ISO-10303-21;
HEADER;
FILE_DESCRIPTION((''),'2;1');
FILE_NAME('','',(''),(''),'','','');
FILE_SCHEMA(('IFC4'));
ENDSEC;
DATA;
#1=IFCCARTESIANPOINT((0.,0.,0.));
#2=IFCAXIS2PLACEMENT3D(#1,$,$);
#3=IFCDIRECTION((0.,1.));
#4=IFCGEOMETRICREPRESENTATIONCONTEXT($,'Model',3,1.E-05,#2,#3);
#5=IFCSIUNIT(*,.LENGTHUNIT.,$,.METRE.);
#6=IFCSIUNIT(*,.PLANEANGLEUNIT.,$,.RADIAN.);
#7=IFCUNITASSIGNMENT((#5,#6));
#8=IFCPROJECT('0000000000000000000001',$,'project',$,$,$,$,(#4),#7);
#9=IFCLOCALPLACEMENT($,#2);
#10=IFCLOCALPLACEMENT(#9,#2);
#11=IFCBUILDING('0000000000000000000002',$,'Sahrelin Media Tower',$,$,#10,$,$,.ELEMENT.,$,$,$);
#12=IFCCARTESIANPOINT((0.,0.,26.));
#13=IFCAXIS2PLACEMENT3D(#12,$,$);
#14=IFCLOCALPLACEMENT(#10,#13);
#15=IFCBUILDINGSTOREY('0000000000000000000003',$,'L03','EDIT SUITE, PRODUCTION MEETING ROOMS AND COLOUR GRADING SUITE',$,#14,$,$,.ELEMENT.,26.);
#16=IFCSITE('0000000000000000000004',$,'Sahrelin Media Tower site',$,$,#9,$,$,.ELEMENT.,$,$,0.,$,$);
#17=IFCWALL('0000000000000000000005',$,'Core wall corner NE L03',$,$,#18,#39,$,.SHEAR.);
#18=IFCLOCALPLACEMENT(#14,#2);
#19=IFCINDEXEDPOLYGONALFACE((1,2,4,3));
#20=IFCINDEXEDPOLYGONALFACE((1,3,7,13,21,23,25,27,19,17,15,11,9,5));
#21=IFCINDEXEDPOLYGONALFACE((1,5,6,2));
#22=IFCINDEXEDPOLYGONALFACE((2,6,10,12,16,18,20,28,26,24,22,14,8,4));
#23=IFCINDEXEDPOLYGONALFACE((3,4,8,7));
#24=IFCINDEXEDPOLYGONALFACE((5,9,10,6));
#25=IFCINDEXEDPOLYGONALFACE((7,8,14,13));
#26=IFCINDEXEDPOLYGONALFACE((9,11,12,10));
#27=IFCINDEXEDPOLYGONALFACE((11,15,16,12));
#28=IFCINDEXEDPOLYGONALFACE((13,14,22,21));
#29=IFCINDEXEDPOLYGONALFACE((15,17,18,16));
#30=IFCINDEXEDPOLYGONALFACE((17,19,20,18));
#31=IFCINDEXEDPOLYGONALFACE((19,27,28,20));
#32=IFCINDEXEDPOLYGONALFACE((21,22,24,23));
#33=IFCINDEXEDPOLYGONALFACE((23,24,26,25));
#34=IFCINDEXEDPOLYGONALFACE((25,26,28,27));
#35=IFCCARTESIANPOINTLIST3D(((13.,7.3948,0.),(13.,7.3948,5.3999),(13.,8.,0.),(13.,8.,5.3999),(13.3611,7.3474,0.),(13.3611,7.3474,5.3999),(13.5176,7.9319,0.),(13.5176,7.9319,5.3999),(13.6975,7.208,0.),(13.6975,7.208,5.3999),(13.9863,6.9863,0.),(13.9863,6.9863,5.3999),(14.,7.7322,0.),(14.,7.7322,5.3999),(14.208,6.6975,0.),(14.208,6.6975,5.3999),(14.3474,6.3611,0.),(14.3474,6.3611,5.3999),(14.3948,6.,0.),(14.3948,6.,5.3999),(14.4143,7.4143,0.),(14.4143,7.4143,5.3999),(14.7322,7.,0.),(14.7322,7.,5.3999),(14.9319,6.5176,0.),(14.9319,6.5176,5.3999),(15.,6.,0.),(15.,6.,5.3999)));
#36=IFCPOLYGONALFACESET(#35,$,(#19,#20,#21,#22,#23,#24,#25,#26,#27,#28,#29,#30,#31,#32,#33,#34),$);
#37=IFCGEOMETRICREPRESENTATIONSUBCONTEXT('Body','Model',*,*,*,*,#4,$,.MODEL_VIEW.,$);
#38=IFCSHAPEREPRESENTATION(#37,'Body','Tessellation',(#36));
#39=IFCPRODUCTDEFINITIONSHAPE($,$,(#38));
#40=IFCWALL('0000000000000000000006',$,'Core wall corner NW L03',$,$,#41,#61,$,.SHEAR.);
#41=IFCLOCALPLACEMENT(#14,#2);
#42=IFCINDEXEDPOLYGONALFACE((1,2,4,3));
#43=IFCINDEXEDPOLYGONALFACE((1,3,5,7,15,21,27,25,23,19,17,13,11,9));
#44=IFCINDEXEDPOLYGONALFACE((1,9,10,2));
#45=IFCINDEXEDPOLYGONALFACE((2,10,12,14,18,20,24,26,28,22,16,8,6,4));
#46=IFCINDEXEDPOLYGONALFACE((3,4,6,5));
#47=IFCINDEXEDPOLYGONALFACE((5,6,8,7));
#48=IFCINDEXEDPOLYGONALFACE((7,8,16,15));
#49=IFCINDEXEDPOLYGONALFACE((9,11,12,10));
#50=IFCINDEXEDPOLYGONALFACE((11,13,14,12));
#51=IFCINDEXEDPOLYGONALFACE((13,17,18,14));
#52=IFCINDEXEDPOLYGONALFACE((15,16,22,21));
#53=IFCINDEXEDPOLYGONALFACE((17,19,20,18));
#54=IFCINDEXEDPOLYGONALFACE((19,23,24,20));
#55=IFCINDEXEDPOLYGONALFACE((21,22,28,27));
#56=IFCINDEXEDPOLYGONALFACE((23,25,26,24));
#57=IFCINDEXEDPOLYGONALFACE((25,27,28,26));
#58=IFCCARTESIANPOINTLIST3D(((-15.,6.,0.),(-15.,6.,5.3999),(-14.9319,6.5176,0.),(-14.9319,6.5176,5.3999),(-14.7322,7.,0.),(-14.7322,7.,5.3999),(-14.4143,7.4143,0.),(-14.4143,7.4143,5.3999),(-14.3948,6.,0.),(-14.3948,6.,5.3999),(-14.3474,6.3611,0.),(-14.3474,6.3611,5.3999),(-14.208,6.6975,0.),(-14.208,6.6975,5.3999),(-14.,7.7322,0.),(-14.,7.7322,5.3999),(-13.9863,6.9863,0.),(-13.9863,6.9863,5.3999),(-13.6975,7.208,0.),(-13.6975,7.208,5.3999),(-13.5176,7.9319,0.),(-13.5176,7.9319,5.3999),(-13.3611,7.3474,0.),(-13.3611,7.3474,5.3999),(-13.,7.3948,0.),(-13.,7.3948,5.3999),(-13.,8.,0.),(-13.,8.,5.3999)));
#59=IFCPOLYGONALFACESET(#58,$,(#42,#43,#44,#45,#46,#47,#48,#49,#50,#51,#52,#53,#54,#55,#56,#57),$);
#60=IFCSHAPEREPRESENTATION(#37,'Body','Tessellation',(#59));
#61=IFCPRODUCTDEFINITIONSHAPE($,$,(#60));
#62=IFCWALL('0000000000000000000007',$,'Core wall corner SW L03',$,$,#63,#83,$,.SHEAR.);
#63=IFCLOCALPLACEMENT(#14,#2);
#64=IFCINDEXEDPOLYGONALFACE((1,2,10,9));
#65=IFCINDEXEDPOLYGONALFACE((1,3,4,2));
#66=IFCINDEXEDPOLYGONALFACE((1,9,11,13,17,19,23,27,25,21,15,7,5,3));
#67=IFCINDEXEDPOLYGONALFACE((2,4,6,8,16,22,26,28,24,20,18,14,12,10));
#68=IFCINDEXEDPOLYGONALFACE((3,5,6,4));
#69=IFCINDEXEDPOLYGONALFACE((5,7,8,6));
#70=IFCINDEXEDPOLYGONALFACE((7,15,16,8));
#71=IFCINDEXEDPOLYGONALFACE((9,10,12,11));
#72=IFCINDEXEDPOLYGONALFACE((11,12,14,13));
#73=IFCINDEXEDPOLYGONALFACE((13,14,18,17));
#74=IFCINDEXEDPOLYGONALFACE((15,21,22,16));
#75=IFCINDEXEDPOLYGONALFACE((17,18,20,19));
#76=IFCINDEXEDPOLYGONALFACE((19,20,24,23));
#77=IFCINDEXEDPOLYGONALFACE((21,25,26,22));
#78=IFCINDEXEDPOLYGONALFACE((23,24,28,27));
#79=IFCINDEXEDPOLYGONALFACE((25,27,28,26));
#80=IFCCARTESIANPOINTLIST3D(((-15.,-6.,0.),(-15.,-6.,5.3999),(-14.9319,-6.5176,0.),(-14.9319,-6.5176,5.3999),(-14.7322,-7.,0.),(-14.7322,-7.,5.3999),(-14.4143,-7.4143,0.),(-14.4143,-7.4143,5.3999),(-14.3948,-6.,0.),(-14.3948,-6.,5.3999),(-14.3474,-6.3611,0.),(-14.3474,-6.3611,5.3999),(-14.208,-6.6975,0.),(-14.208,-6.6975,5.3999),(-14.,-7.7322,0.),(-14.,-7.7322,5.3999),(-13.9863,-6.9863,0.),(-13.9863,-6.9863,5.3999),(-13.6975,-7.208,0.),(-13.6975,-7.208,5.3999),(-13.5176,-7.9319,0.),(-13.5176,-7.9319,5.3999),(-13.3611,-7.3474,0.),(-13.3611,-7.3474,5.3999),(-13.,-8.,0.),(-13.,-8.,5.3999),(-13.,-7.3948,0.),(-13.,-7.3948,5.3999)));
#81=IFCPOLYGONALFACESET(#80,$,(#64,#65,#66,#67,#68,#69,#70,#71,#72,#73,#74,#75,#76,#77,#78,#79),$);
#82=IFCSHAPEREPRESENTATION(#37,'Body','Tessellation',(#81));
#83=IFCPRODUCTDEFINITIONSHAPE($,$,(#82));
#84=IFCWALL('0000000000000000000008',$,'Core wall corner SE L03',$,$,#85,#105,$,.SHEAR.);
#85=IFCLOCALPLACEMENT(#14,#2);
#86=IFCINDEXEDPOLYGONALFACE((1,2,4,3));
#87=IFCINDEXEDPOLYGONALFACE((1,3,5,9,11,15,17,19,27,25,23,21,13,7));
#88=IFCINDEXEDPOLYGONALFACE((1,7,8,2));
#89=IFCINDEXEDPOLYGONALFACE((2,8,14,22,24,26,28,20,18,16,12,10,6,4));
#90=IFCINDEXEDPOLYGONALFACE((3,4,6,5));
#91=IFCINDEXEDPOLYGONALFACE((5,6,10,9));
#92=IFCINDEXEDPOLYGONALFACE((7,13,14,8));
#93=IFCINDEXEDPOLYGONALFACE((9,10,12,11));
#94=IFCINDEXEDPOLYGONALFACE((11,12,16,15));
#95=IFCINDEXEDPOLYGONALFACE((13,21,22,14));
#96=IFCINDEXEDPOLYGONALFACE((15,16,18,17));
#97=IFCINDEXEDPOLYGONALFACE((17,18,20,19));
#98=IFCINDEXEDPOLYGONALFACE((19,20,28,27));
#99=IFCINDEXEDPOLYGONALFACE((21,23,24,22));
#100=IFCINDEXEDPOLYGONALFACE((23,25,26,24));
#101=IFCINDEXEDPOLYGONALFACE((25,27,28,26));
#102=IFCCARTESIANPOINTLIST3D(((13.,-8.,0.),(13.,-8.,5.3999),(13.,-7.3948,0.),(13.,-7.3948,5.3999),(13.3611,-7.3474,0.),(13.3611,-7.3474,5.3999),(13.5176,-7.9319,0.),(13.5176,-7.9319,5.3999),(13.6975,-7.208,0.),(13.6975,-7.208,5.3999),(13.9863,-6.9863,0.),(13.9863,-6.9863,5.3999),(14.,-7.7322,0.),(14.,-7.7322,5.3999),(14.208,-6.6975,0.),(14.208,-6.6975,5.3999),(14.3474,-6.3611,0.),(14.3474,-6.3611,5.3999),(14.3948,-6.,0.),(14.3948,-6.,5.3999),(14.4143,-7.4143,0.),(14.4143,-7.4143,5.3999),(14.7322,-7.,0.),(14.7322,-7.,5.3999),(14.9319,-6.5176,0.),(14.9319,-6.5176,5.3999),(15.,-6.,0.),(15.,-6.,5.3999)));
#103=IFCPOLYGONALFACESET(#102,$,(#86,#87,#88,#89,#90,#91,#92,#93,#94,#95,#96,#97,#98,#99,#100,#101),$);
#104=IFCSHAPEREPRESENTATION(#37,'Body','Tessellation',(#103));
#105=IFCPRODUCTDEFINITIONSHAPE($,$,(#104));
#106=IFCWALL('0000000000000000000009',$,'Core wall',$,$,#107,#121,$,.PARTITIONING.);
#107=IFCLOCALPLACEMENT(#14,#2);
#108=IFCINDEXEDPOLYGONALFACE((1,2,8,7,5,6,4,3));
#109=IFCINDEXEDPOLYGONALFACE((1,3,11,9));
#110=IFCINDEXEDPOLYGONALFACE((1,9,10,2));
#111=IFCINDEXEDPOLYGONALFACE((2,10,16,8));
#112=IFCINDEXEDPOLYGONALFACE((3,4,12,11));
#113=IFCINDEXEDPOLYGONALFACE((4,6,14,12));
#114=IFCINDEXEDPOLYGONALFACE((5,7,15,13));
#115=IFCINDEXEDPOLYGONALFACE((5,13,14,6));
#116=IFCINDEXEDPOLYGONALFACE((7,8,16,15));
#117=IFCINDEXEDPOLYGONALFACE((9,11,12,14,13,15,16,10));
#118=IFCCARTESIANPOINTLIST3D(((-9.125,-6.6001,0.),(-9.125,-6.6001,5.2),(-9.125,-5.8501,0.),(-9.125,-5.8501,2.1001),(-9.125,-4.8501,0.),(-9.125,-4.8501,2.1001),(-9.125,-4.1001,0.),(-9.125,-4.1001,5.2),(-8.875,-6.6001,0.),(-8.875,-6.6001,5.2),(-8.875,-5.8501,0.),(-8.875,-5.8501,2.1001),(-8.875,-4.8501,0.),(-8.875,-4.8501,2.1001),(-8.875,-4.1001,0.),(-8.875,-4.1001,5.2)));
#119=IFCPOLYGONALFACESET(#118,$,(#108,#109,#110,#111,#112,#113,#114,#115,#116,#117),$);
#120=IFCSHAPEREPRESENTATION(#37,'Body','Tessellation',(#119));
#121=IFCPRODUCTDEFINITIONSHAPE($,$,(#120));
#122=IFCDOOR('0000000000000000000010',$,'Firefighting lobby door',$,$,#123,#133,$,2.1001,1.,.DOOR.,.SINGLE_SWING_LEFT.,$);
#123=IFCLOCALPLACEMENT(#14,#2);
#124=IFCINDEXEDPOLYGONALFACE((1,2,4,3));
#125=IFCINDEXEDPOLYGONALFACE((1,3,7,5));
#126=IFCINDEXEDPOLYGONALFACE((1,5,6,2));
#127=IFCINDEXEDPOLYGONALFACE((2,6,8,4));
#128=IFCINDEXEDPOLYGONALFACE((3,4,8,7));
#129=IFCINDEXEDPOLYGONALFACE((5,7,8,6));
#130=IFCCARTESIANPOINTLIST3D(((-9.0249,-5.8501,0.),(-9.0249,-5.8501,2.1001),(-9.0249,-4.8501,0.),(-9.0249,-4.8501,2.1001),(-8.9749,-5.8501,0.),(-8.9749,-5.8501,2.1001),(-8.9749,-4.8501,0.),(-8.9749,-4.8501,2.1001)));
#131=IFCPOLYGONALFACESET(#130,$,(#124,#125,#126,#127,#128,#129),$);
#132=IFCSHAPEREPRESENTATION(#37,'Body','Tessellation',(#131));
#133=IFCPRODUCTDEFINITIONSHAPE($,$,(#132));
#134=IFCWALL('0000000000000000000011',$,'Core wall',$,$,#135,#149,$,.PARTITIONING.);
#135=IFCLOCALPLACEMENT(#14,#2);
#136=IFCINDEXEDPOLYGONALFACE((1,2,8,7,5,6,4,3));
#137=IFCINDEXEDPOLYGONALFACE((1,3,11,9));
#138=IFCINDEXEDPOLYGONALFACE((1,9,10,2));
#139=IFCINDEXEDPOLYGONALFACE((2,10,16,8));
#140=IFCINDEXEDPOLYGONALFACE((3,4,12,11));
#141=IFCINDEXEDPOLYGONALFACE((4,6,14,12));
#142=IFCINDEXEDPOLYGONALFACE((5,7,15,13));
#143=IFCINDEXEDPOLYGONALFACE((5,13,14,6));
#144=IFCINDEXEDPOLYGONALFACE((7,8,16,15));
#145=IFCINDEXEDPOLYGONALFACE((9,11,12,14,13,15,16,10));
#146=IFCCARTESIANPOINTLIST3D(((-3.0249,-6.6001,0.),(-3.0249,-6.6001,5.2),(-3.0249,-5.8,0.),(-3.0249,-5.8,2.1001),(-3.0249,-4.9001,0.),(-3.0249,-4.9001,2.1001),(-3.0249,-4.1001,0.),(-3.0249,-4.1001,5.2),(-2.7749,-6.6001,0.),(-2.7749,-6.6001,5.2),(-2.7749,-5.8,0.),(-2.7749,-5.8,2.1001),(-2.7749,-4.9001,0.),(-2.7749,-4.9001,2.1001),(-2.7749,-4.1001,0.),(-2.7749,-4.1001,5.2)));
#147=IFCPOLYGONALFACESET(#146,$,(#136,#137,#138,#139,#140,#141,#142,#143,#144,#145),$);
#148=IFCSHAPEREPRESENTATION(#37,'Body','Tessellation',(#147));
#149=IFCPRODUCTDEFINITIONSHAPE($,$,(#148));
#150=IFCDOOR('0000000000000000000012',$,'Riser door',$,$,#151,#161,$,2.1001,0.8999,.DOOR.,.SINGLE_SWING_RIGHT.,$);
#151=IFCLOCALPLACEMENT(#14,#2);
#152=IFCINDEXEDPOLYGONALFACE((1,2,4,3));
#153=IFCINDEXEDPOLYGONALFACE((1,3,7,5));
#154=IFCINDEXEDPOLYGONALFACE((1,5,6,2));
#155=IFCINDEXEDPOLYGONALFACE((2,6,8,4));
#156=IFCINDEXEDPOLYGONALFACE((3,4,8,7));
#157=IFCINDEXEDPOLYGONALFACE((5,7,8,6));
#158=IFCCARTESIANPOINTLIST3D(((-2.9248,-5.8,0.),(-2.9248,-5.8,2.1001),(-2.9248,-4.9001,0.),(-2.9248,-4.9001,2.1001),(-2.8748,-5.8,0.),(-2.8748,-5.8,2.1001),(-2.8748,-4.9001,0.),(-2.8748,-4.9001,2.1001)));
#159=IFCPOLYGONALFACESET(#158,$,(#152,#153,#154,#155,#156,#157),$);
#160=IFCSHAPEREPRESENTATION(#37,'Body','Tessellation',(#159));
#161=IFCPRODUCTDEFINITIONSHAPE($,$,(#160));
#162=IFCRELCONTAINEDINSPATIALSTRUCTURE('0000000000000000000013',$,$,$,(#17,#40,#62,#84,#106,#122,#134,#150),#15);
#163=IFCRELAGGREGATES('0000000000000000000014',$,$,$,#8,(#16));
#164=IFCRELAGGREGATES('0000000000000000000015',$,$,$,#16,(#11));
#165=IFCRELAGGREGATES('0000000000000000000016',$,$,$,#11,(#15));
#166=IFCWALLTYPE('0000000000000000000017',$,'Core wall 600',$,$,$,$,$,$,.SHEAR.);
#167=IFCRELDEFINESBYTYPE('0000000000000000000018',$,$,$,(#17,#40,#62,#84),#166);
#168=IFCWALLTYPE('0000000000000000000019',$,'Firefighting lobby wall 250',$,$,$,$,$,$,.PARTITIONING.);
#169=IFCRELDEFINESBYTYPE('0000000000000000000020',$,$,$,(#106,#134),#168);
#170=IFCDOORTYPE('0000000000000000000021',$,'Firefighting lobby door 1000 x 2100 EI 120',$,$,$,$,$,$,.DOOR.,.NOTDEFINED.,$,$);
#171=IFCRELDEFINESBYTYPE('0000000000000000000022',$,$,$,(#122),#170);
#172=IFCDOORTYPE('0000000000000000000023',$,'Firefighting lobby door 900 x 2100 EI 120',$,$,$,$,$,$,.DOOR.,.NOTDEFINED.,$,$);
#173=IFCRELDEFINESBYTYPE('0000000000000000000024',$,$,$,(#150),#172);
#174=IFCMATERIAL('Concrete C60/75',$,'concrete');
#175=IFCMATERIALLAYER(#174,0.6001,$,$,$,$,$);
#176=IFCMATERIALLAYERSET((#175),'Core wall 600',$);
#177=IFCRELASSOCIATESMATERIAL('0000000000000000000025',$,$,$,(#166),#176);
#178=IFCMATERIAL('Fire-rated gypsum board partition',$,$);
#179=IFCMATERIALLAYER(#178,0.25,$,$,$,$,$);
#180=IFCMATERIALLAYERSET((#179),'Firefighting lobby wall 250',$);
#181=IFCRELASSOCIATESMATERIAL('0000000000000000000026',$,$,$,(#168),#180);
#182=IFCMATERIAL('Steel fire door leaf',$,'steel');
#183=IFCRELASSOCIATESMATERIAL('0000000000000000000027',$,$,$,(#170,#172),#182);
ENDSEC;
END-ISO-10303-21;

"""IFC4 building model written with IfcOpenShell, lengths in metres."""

from ifc_helpers import new_model, si_unit, direction, frame, frame_2d, origin, place, context, subcontext, project, spatial, polyline, rectangle, outline, extrude, material, layer, layer_set, type_object, element, fill, save


model = new_model("IFC4")

# Units and contexts
model_context = context("Model", 3, precision=1e-05, world=origin(), true_north=direction((0.0, 1.0)))
body_context = subcontext(model_context, "Body", "Model", "MODEL_VIEW")
ifc_project = project(units=[si_unit("LENGTHUNIT", "METRE"), si_unit("PLANEANGLEUNIT", "RADIAN")], contexts=[model_context])

# Site, building, storey
site_placement = place(None, origin())
site = spatial("IfcSite", under=ifc_project, at=site_placement, Name="Sahrelin Media Tower site", CompositionType="ELEMENT", RefElevation=0.0)
building_placement = place(site_placement, origin())
building = spatial("IfcBuilding", under=site, at=building_placement, Name="Sahrelin Media Tower", CompositionType="ELEMENT")
storey_placement = place(building_placement, frame((0.0, 0.0, 26.0)))
storey = spatial("IfcBuildingStorey", under=building, at=storey_placement, Name="L03", Description="EDIT SUITE, PRODUCTION MEETING ROOMS AND COLOUR GRADING SUITE", CompositionType="ELEMENT", Elevation=26.0)

# Shared definitions
placement_1 = place(storey_placement, origin())

# Walls
ifc_material_1 = material(Name="Concrete C60/75", Category="concrete")
ifc_layer_1 = layer(ifc_material_1, 0.6001)
ifc_layer_set_1 = layer_set([ifc_layer_1], Name="Core wall 600")
wall_type_1 = type_object("IfcWallType", Name="Core wall 600", PredefinedType="SHEAR", material=ifc_layer_set_1)
element("IfcWall", 1, at=placement_1, inside=storey, type_object=wall_type_1, Name="Core wall corner NE L03", PredefinedType="SHEAR", context=body_context, shape_type="SweptSolid", body=[
    extrude(outline(polyline([(13.0, 8.0), (13.0, 7.3948), (13.3611, 7.3474), (13.6975, 7.208), (13.9863, 6.9863), (14.208, 6.6975), (14.3474, 6.3611), (14.3948, 6.0), (15.0, 6.0), (14.9319, 6.5176), (14.7322, 7.0), (14.4143, 7.4143), (14.0, 7.7322), (13.5176, 7.9319), (13.0, 8.0)])), origin(), (0.0, 0.0, 1.0), 5.3999),
])
element("IfcWall", 2, at=placement_1, inside=storey, type_object=wall_type_1, Name="Core wall corner NW L03", PredefinedType="SHEAR", context=body_context, shape_type="SweptSolid", body=[
    extrude(outline(polyline([(-15.0, 6.0), (-14.3948, 6.0), (-14.3474, 6.3611), (-14.208, 6.6975), (-13.9863, 6.9863), (-13.6975, 7.208), (-13.3611, 7.3474), (-13.0, 7.3948), (-13.0, 8.0), (-13.5176, 7.9319), (-14.0, 7.7322), (-14.4143, 7.4143), (-14.7322, 7.0), (-14.9319, 6.5176), (-15.0, 6.0)])), origin(), (0.0, 0.0, 1.0), 5.3999),
])
element("IfcWall", 3, at=placement_1, inside=storey, type_object=wall_type_1, Name="Core wall corner SW L03", PredefinedType="SHEAR", context=body_context, shape_type="SweptSolid", body=[
    extrude(outline(polyline([(-13.0, -8.0), (-13.0, -7.3948), (-13.3611, -7.3474), (-13.6975, -7.208), (-13.9863, -6.9863), (-14.208, -6.6975), (-14.3474, -6.3611), (-14.3948, -6.0), (-15.0, -6.0), (-14.9319, -6.5176), (-14.7322, -7.0), (-14.4143, -7.4143), (-14.0, -7.7322), (-13.5176, -7.9319), (-13.0, -8.0)])), origin(), (0.0, 0.0, 1.0), 5.3999),
])
element("IfcWall", 4, at=placement_1, inside=storey, type_object=wall_type_1, Name="Core wall corner SE L03", PredefinedType="SHEAR", context=body_context, shape_type="SweptSolid", body=[
    extrude(outline(polyline([(15.0, -6.0), (14.3948, -6.0), (14.3474, -6.3611), (14.208, -6.6975), (13.9863, -6.9863), (13.6975, -7.208), (13.3611, -7.3474), (13.0, -7.3948), (13.0, -8.0), (13.5176, -7.9319), (14.0, -7.7322), (14.4143, -7.4143), (14.7322, -7.0), (14.9319, -6.5176), (15.0, -6.0)])), origin(), (0.0, 0.0, 1.0), 5.3999),
])

# Walls, openings, doors
ifc_material_2 = material(Name="Fire-rated gypsum board partition")
ifc_layer_2 = layer(ifc_material_2, 0.25)
ifc_layer_set_2 = layer_set([ifc_layer_2], Name="Firefighting lobby wall 250")
wall_type_2 = type_object("IfcWallType", Name="Firefighting lobby wall 250", PredefinedType="PARTITIONING", material=ifc_layer_set_2)
wall_1_placement = place(storey_placement, frame((-9.0, -6.6001, 0.0), z_axis=(0.0, 0.0, 1.0), x_axis=(0.0, 1.0, 0.0)))
wall_1 = element("IfcWall", 5, at=wall_1_placement, inside=storey, type_object=wall_type_2, Name="Core wall", PredefinedType="PARTITIONING", context=body_context, shape_type="SweptSolid", body=[
    extrude(rectangle(XDim=2.5, YDim=0.25, at=frame_2d((1.25, 0.0))), origin(), (0.0, 0.0, 1.0), 5.2),
])
opening_1_placement = place(wall_1_placement, frame((0.75, 0.0, 0.0)))
opening_1 = element("IfcOpeningElement", 6, at=opening_1_placement, cuts=wall_1, PredefinedType="OPENING", context=body_context, shape_type="SweptSolid", body=[
    extrude(rectangle(XDim=1.0, YDim=2.1001, at=frame_2d((0.5, 1.05))), frame((0.0, 0.125, 0.0), z_axis=(0.0, -1.0, 0.0), x_axis=(1.0, 0.0, 0.0)), (0.0, 0.0, 1.0), 0.25),
])
ifc_material_3 = material(Name="Steel fire door leaf", Category="steel")
door_type_1 = type_object("IfcDoorType", Name="Firefighting lobby door 1000 x 2100 EI 120", OperationType="NOTDEFINED", PredefinedType="DOOR", material=ifc_material_3)
door_1_placement = place(opening_1_placement, origin())
door_1 = element("IfcDoor", 7, at=door_1_placement, inside=storey, type_object=door_type_1, Name="Firefighting lobby door", OperationType="SINGLE_SWING_LEFT", OverallHeight=2.1001, OverallWidth=1.0, PredefinedType="DOOR", context=body_context, shape_type="SweptSolid", body=[
    extrude(rectangle(XDim=1.0, YDim=2.1001, at=frame_2d((0.5, 1.05))), frame((0.0, 0.0249, 0.0), z_axis=(0.0, -1.0, 0.0), x_axis=(1.0, 0.0, 0.0)), (0.0, 0.0, 1.0), 0.05),
])
fill(opening_1, door_1)
wall_2_placement = place(storey_placement, frame((-2.8999, -6.6001, 0.0), z_axis=(0.0, 0.0, 1.0), x_axis=(0.0, 1.0, 0.0)))
wall_2 = element("IfcWall", 8, at=wall_2_placement, inside=storey, type_object=wall_type_2, Name="Core wall", PredefinedType="PARTITIONING", context=body_context, shape_type="SweptSolid", body=[
    extrude(rectangle(XDim=2.5, YDim=0.25, at=frame_2d((1.25, 0.0))), origin(), (0.0, 0.0, 1.0), 5.2),
])
opening_2_placement = place(wall_2_placement, frame((0.8, 0.0, 0.0)))
opening_2 = element("IfcOpeningElement", 9, at=opening_2_placement, cuts=wall_2, PredefinedType="OPENING", context=body_context, shape_type="SweptSolid", body=[
    extrude(rectangle(XDim=0.8999, YDim=2.1001, at=frame_2d((0.45, 1.05))), frame((0.0, 0.125, 0.0), z_axis=(0.0, -1.0, 0.0), x_axis=(1.0, 0.0, 0.0)), (0.0, 0.0, 1.0), 0.25),
])
door_type_2 = type_object("IfcDoorType", Name="Firefighting lobby door 900 x 2100 EI 120", OperationType="NOTDEFINED", PredefinedType="DOOR", material=ifc_material_3)
door_2_placement = place(opening_2_placement, origin())
door_2 = element("IfcDoor", 10, at=door_2_placement, inside=storey, type_object=door_type_2, Name="Riser door", OperationType="SINGLE_SWING_RIGHT", OverallHeight=2.1001, OverallWidth=0.8999, PredefinedType="DOOR", context=body_context, shape_type="SweptSolid", body=[
    extrude(rectangle(XDim=0.8999, YDim=2.1001, at=frame_2d((0.45, 1.05))), frame((0.0, 0.0249, 0.0), z_axis=(0.0, -1.0, 0.0), x_axis=(1.0, 0.0, 0.0)), (0.0, 0.0, 1.0), 0.05),
])
fill(opening_2, door_2)

save(model, "model.ifc")
